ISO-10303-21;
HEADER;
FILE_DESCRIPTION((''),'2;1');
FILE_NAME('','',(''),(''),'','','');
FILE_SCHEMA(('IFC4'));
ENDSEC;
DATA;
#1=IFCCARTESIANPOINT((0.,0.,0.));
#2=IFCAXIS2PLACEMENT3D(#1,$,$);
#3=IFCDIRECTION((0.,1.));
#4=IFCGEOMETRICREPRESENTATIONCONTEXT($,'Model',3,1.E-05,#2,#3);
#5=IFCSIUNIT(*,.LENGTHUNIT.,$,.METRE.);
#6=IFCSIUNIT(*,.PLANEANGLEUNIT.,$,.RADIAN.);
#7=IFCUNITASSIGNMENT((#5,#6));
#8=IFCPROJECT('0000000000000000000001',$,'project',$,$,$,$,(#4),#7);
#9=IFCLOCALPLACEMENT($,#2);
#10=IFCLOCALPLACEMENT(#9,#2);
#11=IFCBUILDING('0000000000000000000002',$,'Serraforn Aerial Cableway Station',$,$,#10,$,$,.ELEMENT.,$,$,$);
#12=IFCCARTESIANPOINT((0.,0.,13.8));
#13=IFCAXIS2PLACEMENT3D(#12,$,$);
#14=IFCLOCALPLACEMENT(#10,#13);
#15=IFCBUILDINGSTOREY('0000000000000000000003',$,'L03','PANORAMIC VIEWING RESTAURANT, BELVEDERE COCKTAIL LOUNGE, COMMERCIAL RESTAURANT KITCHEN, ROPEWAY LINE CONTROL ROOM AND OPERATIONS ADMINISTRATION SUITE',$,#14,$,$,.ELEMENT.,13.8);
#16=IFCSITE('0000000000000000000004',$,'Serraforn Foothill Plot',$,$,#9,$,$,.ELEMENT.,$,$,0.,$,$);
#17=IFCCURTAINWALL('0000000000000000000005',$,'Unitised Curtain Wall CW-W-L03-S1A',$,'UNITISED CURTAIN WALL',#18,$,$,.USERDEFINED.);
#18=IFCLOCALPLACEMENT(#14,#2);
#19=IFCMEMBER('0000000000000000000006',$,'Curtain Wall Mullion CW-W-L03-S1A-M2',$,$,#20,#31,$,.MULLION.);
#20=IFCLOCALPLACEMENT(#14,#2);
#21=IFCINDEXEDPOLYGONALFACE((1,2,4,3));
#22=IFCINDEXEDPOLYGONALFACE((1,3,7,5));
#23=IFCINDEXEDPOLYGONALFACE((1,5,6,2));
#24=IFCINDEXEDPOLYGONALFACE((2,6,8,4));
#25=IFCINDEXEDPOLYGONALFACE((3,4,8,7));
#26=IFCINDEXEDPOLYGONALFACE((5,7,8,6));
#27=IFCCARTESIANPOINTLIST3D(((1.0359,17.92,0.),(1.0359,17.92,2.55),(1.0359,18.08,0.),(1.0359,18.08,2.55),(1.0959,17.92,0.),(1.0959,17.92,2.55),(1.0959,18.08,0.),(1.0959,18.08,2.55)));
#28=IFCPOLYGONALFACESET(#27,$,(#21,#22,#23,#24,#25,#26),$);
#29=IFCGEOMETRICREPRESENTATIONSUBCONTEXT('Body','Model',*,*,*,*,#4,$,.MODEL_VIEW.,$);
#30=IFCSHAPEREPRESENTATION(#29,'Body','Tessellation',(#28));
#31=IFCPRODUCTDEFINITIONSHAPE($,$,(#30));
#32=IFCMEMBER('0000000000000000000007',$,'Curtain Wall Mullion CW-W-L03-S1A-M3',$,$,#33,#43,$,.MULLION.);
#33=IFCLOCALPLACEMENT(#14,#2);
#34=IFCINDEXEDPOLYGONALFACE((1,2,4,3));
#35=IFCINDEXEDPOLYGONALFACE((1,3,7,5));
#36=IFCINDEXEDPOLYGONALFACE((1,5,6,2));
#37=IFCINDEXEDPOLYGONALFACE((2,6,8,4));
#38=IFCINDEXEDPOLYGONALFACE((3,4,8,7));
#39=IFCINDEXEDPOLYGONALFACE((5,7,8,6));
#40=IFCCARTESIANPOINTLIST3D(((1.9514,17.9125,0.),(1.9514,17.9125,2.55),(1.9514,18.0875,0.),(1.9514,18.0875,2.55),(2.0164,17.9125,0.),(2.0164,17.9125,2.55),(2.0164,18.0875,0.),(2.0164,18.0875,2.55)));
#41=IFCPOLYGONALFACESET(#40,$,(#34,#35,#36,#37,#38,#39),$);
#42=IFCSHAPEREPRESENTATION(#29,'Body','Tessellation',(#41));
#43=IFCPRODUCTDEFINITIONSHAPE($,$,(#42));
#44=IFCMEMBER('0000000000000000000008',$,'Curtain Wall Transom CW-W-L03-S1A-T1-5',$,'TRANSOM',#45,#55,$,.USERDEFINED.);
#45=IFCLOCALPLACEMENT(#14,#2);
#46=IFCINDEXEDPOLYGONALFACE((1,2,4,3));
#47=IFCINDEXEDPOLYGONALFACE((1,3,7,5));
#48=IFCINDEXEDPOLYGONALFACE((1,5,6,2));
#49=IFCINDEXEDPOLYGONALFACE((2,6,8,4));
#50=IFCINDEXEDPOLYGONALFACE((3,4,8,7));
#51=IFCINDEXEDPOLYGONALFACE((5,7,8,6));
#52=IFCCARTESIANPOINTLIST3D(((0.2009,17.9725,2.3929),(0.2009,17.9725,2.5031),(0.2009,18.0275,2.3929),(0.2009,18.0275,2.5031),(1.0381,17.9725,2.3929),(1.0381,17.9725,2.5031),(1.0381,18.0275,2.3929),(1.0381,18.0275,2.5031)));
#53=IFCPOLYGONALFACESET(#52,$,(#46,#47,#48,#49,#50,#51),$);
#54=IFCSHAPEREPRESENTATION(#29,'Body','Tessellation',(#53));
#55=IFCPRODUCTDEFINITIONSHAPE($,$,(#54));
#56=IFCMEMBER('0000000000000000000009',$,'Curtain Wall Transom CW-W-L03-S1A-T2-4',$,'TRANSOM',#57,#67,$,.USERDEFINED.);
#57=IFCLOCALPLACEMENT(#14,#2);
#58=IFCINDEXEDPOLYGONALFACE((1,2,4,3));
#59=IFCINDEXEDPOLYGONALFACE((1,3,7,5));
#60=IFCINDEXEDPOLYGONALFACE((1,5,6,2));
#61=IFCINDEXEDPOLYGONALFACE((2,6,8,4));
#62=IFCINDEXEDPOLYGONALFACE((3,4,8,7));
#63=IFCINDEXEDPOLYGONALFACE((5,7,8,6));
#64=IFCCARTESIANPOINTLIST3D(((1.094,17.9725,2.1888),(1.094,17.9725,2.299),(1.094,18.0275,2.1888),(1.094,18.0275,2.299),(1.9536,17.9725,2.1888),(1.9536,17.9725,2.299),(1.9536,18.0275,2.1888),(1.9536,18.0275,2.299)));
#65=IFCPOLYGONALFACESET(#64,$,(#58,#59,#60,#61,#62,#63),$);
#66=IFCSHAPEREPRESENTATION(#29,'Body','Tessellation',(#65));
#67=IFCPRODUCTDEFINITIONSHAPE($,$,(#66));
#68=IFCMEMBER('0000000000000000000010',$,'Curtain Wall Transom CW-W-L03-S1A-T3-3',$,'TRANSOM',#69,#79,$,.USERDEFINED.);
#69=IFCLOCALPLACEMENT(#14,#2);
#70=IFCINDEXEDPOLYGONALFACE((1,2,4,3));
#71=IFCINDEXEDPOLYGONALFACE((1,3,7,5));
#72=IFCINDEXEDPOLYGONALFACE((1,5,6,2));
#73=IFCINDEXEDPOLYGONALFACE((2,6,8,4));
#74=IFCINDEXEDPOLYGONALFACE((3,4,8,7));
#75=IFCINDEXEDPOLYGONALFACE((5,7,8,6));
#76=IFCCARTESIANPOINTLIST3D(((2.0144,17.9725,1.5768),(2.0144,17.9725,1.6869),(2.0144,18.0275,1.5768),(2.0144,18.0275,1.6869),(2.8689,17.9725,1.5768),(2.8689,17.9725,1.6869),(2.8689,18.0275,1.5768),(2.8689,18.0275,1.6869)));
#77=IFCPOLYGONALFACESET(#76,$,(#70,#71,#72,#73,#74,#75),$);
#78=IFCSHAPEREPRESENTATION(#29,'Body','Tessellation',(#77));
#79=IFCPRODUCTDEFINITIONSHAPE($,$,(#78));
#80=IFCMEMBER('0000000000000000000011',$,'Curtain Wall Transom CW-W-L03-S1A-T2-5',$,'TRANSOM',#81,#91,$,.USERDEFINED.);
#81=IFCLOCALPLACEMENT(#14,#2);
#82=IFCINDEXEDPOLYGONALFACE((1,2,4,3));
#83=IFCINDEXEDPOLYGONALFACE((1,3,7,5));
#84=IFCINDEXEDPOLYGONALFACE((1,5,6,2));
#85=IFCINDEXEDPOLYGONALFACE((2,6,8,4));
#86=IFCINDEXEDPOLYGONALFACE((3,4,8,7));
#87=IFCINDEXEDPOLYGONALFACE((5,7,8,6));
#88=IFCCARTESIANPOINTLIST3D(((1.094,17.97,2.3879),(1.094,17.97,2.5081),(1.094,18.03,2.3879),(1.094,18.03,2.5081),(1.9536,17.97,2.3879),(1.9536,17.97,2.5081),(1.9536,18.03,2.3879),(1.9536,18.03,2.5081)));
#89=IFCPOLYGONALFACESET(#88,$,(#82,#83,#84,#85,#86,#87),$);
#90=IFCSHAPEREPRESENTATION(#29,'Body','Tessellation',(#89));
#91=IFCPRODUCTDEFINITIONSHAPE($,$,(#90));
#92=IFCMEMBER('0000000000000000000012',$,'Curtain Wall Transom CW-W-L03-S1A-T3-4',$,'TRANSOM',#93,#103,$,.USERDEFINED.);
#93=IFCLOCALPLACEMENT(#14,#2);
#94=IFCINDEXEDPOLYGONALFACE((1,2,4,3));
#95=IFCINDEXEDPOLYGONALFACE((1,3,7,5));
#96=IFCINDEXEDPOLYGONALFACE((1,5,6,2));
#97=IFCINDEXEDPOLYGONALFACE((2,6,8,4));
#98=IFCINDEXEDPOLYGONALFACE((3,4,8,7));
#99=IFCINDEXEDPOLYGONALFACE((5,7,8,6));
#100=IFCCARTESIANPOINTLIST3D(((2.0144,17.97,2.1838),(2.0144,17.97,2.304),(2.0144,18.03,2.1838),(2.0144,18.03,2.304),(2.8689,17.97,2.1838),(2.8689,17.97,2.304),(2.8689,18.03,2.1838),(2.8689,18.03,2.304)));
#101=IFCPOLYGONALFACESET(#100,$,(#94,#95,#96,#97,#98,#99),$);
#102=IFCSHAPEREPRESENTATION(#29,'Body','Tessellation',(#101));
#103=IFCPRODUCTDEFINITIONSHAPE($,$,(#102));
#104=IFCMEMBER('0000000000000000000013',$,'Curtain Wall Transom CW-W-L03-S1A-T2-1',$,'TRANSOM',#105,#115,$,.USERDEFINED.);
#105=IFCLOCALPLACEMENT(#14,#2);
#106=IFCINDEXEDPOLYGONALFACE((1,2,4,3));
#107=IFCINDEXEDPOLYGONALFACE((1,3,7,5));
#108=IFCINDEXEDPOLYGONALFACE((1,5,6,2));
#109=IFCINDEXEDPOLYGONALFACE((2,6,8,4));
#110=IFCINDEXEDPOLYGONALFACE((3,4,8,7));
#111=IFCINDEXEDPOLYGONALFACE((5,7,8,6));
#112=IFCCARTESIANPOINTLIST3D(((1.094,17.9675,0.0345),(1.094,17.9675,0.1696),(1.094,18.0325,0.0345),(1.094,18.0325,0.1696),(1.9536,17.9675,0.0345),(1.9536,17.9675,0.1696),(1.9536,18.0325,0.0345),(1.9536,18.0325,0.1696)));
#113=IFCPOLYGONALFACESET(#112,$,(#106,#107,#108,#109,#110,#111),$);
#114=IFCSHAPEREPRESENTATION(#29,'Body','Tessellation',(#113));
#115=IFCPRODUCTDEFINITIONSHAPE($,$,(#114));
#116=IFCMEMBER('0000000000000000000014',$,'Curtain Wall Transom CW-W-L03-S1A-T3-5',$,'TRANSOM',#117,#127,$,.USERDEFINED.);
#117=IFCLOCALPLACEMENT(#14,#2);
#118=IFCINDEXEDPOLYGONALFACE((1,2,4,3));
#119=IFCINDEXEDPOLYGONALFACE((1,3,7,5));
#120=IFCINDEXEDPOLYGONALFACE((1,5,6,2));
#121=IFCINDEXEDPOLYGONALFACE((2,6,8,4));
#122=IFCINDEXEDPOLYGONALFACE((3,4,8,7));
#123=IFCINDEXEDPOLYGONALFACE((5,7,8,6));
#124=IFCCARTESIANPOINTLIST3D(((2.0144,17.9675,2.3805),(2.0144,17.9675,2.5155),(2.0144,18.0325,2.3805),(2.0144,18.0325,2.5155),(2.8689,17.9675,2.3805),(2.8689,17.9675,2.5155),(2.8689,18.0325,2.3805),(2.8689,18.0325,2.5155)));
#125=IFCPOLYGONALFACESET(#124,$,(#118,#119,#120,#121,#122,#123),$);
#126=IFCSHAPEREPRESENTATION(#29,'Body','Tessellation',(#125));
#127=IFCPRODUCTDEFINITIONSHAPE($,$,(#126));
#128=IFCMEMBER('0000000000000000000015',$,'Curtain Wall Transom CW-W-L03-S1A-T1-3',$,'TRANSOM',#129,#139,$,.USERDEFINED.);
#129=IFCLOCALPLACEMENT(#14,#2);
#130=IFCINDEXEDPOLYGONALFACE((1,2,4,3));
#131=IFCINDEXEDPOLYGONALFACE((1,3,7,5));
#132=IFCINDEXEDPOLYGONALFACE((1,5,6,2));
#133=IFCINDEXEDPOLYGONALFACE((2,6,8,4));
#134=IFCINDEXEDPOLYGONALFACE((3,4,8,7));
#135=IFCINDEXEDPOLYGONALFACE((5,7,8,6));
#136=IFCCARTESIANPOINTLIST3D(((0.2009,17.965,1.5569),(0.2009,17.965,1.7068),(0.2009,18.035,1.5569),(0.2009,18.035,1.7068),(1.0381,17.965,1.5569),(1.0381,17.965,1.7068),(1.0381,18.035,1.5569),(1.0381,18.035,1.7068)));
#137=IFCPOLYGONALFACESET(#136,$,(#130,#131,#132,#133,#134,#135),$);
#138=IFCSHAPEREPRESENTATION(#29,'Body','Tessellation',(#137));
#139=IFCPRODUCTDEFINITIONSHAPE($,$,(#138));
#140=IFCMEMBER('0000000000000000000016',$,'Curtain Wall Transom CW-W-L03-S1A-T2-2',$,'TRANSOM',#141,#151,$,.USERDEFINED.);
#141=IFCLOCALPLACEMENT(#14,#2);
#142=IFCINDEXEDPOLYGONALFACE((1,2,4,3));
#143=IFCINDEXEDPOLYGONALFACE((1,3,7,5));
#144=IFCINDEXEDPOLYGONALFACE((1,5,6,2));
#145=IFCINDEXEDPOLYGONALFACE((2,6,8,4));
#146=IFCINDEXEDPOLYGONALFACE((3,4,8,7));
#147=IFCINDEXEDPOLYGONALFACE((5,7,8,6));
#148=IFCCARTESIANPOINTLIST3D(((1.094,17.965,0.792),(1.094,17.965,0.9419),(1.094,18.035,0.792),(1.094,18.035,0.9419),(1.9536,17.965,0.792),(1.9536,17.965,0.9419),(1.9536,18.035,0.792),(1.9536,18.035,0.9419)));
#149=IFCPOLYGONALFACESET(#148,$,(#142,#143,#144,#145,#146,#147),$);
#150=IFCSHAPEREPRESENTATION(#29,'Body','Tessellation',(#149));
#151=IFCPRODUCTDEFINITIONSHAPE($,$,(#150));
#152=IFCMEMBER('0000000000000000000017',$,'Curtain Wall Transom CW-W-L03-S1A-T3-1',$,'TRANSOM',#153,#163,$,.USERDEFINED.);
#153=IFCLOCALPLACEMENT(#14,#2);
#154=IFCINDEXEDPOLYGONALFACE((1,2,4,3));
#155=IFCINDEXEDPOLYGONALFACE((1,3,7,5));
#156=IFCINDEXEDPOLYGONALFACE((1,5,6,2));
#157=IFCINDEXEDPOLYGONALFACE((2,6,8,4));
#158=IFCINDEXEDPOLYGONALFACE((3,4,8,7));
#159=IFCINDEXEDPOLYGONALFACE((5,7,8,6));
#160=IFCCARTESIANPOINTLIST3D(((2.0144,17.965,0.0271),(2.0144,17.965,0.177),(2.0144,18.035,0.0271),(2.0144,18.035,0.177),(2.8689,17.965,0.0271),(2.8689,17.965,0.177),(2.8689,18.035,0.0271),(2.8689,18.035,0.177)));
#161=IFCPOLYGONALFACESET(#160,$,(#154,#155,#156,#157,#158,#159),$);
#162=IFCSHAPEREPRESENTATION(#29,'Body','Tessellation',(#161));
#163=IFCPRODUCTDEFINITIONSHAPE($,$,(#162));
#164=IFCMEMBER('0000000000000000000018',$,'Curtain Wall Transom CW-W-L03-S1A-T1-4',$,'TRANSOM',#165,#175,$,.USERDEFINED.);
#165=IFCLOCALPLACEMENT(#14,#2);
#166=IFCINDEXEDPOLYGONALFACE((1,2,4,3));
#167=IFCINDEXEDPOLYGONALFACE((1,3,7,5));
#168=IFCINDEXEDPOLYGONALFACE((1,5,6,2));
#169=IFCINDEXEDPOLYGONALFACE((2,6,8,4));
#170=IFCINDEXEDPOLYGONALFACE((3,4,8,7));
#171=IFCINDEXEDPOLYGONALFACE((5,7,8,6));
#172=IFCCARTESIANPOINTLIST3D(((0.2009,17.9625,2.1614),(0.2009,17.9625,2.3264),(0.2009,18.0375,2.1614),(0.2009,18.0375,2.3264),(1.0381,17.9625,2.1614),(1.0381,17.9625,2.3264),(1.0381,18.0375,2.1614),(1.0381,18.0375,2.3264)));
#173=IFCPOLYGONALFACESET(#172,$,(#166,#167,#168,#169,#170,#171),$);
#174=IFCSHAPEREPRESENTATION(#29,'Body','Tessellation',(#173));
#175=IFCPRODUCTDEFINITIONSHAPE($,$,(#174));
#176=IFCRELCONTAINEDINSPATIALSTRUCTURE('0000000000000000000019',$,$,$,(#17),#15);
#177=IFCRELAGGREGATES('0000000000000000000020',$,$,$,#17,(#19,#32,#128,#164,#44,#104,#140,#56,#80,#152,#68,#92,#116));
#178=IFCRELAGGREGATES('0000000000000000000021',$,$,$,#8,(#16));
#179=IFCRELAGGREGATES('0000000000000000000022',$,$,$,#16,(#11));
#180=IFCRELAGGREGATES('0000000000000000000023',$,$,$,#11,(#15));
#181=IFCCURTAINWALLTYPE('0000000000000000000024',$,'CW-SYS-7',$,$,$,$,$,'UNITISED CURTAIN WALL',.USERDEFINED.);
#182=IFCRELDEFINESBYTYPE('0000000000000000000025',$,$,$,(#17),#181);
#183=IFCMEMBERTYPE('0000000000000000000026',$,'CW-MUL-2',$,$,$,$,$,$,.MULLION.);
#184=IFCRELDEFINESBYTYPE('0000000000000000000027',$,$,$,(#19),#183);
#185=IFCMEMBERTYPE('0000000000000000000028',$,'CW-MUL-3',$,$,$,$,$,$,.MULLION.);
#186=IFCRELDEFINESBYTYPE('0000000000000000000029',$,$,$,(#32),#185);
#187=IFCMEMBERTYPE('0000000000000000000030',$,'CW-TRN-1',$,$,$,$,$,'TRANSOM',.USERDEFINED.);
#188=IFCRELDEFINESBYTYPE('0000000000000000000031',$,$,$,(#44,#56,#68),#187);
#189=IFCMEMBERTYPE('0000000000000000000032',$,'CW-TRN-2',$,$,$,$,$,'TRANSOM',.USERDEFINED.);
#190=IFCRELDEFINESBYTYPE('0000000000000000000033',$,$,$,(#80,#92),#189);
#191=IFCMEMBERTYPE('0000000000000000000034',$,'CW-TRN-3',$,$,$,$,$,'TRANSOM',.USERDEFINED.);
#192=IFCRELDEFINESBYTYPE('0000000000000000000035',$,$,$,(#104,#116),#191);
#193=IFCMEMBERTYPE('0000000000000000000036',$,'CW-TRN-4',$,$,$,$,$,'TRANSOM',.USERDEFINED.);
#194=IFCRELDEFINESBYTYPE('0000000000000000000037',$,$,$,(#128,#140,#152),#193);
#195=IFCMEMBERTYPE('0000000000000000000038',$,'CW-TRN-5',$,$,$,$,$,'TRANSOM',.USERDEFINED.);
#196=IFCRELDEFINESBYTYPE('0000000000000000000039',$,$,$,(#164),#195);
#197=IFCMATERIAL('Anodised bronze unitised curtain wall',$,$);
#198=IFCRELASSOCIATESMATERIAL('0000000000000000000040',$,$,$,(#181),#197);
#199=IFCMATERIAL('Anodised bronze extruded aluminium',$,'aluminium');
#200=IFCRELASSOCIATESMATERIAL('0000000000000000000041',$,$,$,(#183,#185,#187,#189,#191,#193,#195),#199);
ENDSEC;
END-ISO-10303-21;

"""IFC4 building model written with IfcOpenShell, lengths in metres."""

from ifc_helpers import new_model, si_unit, direction, frame, origin, origin_2d, place, context, subcontext, project, spatial, rectangle, extrude, material, material_profile, profile_set, type_object, element, aggregate, save


model = new_model("IFC4")

# Units and contexts
model_context = context("Model", 3, precision=1e-05, world=origin(), true_north=direction((0.0, 1.0)))
body_context = subcontext(model_context, "Body", "Model", "MODEL_VIEW")
ifc_project = project(units=[si_unit("LENGTHUNIT", "METRE"), si_unit("PLANEANGLEUNIT", "RADIAN")], contexts=[model_context])

# Site, building, storey
site_placement = place(None, origin())
site = spatial("IfcSite", under=ifc_project, at=site_placement, Name="Serraforn Foothill Plot", CompositionType="ELEMENT", RefElevation=0.0)
building_placement = place(site_placement, origin())
building = spatial("IfcBuilding", under=site, at=building_placement, Name="Serraforn Aerial Cableway Station", CompositionType="ELEMENT")
storey_placement = place(building_placement, frame((0.0, 0.0, 13.8)))
storey = spatial("IfcBuildingStorey", under=building, at=storey_placement, Name="L03", Description="PANORAMIC VIEWING RESTAURANT, BELVEDERE COCKTAIL LOUNGE, COMMERCIAL RESTAURANT KITCHEN, ROPEWAY LINE CONTROL ROOM AND OPERATIONS ADMINISTRATION SUITE", CompositionType="ELEMENT", Elevation=13.8)

# Curtain wall, members
ifc_material_1 = material(Name="Anodised bronze unitised curtain wall")
curtain_wall_type = type_object("IfcCurtainWallType", Name="CW-SYS-7", ElementType="UNITISED CURTAIN WALL", PredefinedType="USERDEFINED", material=ifc_material_1)
curtain_wall_placement = place(storey_placement, origin())
curtain_wall = element("IfcCurtainWall", 1, at=curtain_wall_placement, inside=storey, type_object=curtain_wall_type, Name="Unitised Curtain Wall CW-W-L03-S1A", ObjectType="UNITISED CURTAIN WALL", PredefinedType="USERDEFINED")
ifc_material_2 = material(Name="Anodised bronze extruded aluminium", Category="aluminium")
ifc_material_profile_1 = material_profile(ifc_material_2, rectangle(XDim=0.0601, YDim=0.1599, at=origin_2d()), Name="CW MULLION 60x160")
ifc_profile_set_1 = profile_set([ifc_material_profile_1], Name="Anodised bronze extruded aluminium")
member_type_1 = type_object("IfcMemberType", Name="CW-MUL-2", PredefinedType="MULLION", material=ifc_profile_set_1)
member_1_placement = place(storey_placement, frame((1.0659, 18.0, 0.0), z_axis=(0.0, 0.0, 1.0), x_axis=(1.0, 0.0, 0.0)))
member_1 = element("IfcMember", 2, at=member_1_placement, type_object=member_type_1, Name="Curtain Wall Mullion CW-W-L03-S1A-M2", PredefinedType="MULLION", context=body_context, shape_type="SweptSolid", body=[
    extrude(rectangle(XDim=0.0601, YDim=0.1599, at=origin_2d()), origin(), (0.0, 0.0, 1.0), 2.55),
])
ifc_material_profile_2 = material_profile(ifc_material_2, rectangle(XDim=0.0649, YDim=0.175, at=origin_2d()), Name="CW MULLION 65x175")
ifc_profile_set_2 = profile_set([ifc_material_profile_2], Name="Anodised bronze extruded aluminium")
member_type_2 = type_object("IfcMemberType", Name="CW-MUL-3", PredefinedType="MULLION", material=ifc_profile_set_2)
member_2_placement = place(storey_placement, frame((1.9839, 18.0, 0.0), z_axis=(0.0, 0.0, 1.0), x_axis=(1.0, 0.0, 0.0)))
member_2 = element("IfcMember", 3, at=member_2_placement, type_object=member_type_2, Name="Curtain Wall Mullion CW-W-L03-S1A-M3", PredefinedType="MULLION", context=body_context, shape_type="SweptSolid", body=[
    extrude(rectangle(XDim=0.0649, YDim=0.175, at=origin_2d()), origin(), (0.0, 0.0, 1.0), 2.55),
])
ifc_material_profile_3 = material_profile(ifc_material_2, rectangle(XDim=0.0549, YDim=0.1101, at=origin_2d()), Name="CW TRANSOM 55x110")
ifc_profile_set_3 = profile_set([ifc_material_profile_3], Name="Anodised bronze extruded aluminium")
member_type_3 = type_object("IfcMemberType", Name="CW-TRN-1", ElementType="TRANSOM", PredefinedType="USERDEFINED", material=ifc_profile_set_3)
member_3_placement = place(storey_placement, frame((0.2009, 18.0, 2.448), z_axis=(1.0, 0.0, 0.0), x_axis=(0.0, 1.0, 0.0)))
member_3 = element("IfcMember", 4, at=member_3_placement, type_object=member_type_3, Name="Curtain Wall Transom CW-W-L03-S1A-T1-5", ObjectType="TRANSOM", PredefinedType="USERDEFINED", context=body_context, shape_type="SweptSolid", body=[
    extrude(rectangle(XDim=0.0549, YDim=0.1101, at=origin_2d()), origin(), (0.0, 0.0, 1.0), 0.8372),
])
member_4_placement = place(storey_placement, frame((1.094, 18.0, 2.2439), z_axis=(1.0, 0.0, 0.0), x_axis=(0.0, 1.0, 0.0)))
member_4 = element("IfcMember", 5, at=member_4_placement, type_object=member_type_3, Name="Curtain Wall Transom CW-W-L03-S1A-T2-4", ObjectType="TRANSOM", PredefinedType="USERDEFINED", context=body_context, shape_type="SweptSolid", body=[
    extrude(rectangle(XDim=0.0549, YDim=0.1101, at=origin_2d()), origin(), (0.0, 0.0, 1.0), 0.8596),
])
member_5_placement = place(storey_placement, frame((2.0144, 18.0, 1.6318), z_axis=(1.0, 0.0, 0.0), x_axis=(0.0, 1.0, 0.0)))
member_5 = element("IfcMember", 6, at=member_5_placement, type_object=member_type_3, Name="Curtain Wall Transom CW-W-L03-S1A-T3-3", ObjectType="TRANSOM", PredefinedType="USERDEFINED", context=body_context, shape_type="SweptSolid", body=[
    extrude(rectangle(XDim=0.0549, YDim=0.1101, at=origin_2d()), origin(), (0.0, 0.0, 1.0), 0.8545),
])
ifc_material_profile_4 = material_profile(ifc_material_2, rectangle(XDim=0.0601, YDim=0.1201, at=origin_2d()), Name="CW TRANSOM 60x120")
ifc_profile_set_4 = profile_set([ifc_material_profile_4], Name="Anodised bronze extruded aluminium")
member_type_4 = type_object("IfcMemberType", Name="CW-TRN-2", ElementType="TRANSOM", PredefinedType="USERDEFINED", material=ifc_profile_set_4)
member_6_placement = place(storey_placement, frame((1.094, 18.0, 2.448), z_axis=(1.0, 0.0, 0.0), x_axis=(0.0, 1.0, 0.0)))
member_6 = element("IfcMember", 7, at=member_6_placement, type_object=member_type_4, Name="Curtain Wall Transom CW-W-L03-S1A-T2-5", ObjectType="TRANSOM", PredefinedType="USERDEFINED", context=body_context, shape_type="SweptSolid", body=[
    extrude(rectangle(XDim=0.0601, YDim=0.1201, at=origin_2d()), origin(), (0.0, 0.0, 1.0), 0.8596),
])
member_7_placement = place(storey_placement, frame((2.0144, 18.0, 2.2439), z_axis=(1.0, 0.0, 0.0), x_axis=(0.0, 1.0, 0.0)))
member_7 = element("IfcMember", 8, at=member_7_placement, type_object=member_type_4, Name="Curtain Wall Transom CW-W-L03-S1A-T3-4", ObjectType="TRANSOM", PredefinedType="USERDEFINED", context=body_context, shape_type="SweptSolid", body=[
    extrude(rectangle(XDim=0.0601, YDim=0.1201, at=origin_2d()), origin(), (0.0, 0.0, 1.0), 0.8545),
])
ifc_material_profile_5 = material_profile(ifc_material_2, rectangle(XDim=0.0649, YDim=0.135, at=origin_2d()), Name="CW TRANSOM 65x135")
ifc_profile_set_5 = profile_set([ifc_material_profile_5], Name="Anodised bronze extruded aluminium")
member_type_5 = type_object("IfcMemberType", Name="CW-TRN-3", ElementType="TRANSOM", PredefinedType="USERDEFINED", material=ifc_profile_set_5)
member_8_placement = place(storey_placement, frame((1.094, 18.0, 0.1021), z_axis=(1.0, 0.0, 0.0), x_axis=(0.0, 1.0, 0.0)))
member_8 = element("IfcMember", 9, at=member_8_placement, type_object=member_type_5, Name="Curtain Wall Transom CW-W-L03-S1A-T2-1", ObjectType="TRANSOM", PredefinedType="USERDEFINED", context=body_context, shape_type="SweptSolid", body=[
    extrude(rectangle(XDim=0.0649, YDim=0.135, at=origin_2d()), origin(), (0.0, 0.0, 1.0), 0.8596),
])
member_9_placement = place(storey_placement, frame((2.0144, 18.0, 2.448), z_axis=(1.0, 0.0, 0.0), x_axis=(0.0, 1.0, 0.0)))
member_9 = element("IfcMember", 10, at=member_9_placement, type_object=member_type_5, Name="Curtain Wall Transom CW-W-L03-S1A-T3-5", ObjectType="TRANSOM", PredefinedType="USERDEFINED", context=body_context, shape_type="SweptSolid", body=[
    extrude(rectangle(XDim=0.0649, YDim=0.135, at=origin_2d()), origin(), (0.0, 0.0, 1.0), 0.8545),
])
ifc_material_profile_6 = material_profile(ifc_material_2, rectangle(XDim=0.0701, YDim=0.1499, at=origin_2d()), Name="CW TRANSOM 70x150")
ifc_profile_set_6 = profile_set([ifc_material_profile_6], Name="Anodised bronze extruded aluminium")
member_type_6 = type_object("IfcMemberType", Name="CW-TRN-4", ElementType="TRANSOM", PredefinedType="USERDEFINED", material=ifc_profile_set_6)
member_10_placement = place(storey_placement, frame((0.2009, 18.0, 1.6318), z_axis=(1.0, 0.0, 0.0), x_axis=(0.0, 1.0, 0.0)))
member_10 = element("IfcMember", 11, at=member_10_placement, type_object=member_type_6, Name="Curtain Wall Transom CW-W-L03-S1A-T1-3", ObjectType="TRANSOM", PredefinedType="USERDEFINED", context=body_context, shape_type="SweptSolid", body=[
    extrude(rectangle(XDim=0.0701, YDim=0.1499, at=origin_2d()), origin(), (0.0, 0.0, 1.0), 0.8372),
])
member_11_placement = place(storey_placement, frame((1.094, 18.0, 0.8669), z_axis=(1.0, 0.0, 0.0), x_axis=(0.0, 1.0, 0.0)))
member_11 = element("IfcMember", 12, at=member_11_placement, type_object=member_type_6, Name="Curtain Wall Transom CW-W-L03-S1A-T2-2", ObjectType="TRANSOM", PredefinedType="USERDEFINED", context=body_context, shape_type="SweptSolid", body=[
    extrude(rectangle(XDim=0.0701, YDim=0.1499, at=origin_2d()), origin(), (0.0, 0.0, 1.0), 0.8596),
])
member_12_placement = place(storey_placement, frame((2.0144, 18.0, 0.1021), z_axis=(1.0, 0.0, 0.0), x_axis=(0.0, 1.0, 0.0)))
member_12 = element("IfcMember", 13, at=member_12_placement, type_object=member_type_6, Name="Curtain Wall Transom CW-W-L03-S1A-T3-1", ObjectType="TRANSOM", PredefinedType="USERDEFINED", context=body_context, shape_type="SweptSolid", body=[
    extrude(rectangle(XDim=0.0701, YDim=0.1499, at=origin_2d()), origin(), (0.0, 0.0, 1.0), 0.8545),
])
ifc_material_profile_7 = material_profile(ifc_material_2, rectangle(XDim=0.075, YDim=0.165, at=origin_2d()), Name="CW TRANSOM 75x165")
ifc_profile_set_7 = profile_set([ifc_material_profile_7], Name="Anodised bronze extruded aluminium")
member_type_7 = type_object("IfcMemberType", Name="CW-TRN-5", ElementType="TRANSOM", PredefinedType="USERDEFINED", material=ifc_profile_set_7)
member_13_placement = place(storey_placement, frame((0.2009, 18.0, 2.2439), z_axis=(1.0, 0.0, 0.0), x_axis=(0.0, 1.0, 0.0)))
member_13 = element("IfcMember", 14, at=member_13_placement, type_object=member_type_7, Name="Curtain Wall Transom CW-W-L03-S1A-T1-4", ObjectType="TRANSOM", PredefinedType="USERDEFINED", context=body_context, shape_type="SweptSolid", body=[
    extrude(rectangle(XDim=0.075, YDim=0.165, at=origin_2d()), origin(), (0.0, 0.0, 1.0), 0.8372),
])
aggregate(curtain_wall, [member_1, member_2, member_10, member_13, member_3, member_8, member_11, member_4, member_6, member_12, member_5, member_7, member_9])

save(model, "model.ifc")
